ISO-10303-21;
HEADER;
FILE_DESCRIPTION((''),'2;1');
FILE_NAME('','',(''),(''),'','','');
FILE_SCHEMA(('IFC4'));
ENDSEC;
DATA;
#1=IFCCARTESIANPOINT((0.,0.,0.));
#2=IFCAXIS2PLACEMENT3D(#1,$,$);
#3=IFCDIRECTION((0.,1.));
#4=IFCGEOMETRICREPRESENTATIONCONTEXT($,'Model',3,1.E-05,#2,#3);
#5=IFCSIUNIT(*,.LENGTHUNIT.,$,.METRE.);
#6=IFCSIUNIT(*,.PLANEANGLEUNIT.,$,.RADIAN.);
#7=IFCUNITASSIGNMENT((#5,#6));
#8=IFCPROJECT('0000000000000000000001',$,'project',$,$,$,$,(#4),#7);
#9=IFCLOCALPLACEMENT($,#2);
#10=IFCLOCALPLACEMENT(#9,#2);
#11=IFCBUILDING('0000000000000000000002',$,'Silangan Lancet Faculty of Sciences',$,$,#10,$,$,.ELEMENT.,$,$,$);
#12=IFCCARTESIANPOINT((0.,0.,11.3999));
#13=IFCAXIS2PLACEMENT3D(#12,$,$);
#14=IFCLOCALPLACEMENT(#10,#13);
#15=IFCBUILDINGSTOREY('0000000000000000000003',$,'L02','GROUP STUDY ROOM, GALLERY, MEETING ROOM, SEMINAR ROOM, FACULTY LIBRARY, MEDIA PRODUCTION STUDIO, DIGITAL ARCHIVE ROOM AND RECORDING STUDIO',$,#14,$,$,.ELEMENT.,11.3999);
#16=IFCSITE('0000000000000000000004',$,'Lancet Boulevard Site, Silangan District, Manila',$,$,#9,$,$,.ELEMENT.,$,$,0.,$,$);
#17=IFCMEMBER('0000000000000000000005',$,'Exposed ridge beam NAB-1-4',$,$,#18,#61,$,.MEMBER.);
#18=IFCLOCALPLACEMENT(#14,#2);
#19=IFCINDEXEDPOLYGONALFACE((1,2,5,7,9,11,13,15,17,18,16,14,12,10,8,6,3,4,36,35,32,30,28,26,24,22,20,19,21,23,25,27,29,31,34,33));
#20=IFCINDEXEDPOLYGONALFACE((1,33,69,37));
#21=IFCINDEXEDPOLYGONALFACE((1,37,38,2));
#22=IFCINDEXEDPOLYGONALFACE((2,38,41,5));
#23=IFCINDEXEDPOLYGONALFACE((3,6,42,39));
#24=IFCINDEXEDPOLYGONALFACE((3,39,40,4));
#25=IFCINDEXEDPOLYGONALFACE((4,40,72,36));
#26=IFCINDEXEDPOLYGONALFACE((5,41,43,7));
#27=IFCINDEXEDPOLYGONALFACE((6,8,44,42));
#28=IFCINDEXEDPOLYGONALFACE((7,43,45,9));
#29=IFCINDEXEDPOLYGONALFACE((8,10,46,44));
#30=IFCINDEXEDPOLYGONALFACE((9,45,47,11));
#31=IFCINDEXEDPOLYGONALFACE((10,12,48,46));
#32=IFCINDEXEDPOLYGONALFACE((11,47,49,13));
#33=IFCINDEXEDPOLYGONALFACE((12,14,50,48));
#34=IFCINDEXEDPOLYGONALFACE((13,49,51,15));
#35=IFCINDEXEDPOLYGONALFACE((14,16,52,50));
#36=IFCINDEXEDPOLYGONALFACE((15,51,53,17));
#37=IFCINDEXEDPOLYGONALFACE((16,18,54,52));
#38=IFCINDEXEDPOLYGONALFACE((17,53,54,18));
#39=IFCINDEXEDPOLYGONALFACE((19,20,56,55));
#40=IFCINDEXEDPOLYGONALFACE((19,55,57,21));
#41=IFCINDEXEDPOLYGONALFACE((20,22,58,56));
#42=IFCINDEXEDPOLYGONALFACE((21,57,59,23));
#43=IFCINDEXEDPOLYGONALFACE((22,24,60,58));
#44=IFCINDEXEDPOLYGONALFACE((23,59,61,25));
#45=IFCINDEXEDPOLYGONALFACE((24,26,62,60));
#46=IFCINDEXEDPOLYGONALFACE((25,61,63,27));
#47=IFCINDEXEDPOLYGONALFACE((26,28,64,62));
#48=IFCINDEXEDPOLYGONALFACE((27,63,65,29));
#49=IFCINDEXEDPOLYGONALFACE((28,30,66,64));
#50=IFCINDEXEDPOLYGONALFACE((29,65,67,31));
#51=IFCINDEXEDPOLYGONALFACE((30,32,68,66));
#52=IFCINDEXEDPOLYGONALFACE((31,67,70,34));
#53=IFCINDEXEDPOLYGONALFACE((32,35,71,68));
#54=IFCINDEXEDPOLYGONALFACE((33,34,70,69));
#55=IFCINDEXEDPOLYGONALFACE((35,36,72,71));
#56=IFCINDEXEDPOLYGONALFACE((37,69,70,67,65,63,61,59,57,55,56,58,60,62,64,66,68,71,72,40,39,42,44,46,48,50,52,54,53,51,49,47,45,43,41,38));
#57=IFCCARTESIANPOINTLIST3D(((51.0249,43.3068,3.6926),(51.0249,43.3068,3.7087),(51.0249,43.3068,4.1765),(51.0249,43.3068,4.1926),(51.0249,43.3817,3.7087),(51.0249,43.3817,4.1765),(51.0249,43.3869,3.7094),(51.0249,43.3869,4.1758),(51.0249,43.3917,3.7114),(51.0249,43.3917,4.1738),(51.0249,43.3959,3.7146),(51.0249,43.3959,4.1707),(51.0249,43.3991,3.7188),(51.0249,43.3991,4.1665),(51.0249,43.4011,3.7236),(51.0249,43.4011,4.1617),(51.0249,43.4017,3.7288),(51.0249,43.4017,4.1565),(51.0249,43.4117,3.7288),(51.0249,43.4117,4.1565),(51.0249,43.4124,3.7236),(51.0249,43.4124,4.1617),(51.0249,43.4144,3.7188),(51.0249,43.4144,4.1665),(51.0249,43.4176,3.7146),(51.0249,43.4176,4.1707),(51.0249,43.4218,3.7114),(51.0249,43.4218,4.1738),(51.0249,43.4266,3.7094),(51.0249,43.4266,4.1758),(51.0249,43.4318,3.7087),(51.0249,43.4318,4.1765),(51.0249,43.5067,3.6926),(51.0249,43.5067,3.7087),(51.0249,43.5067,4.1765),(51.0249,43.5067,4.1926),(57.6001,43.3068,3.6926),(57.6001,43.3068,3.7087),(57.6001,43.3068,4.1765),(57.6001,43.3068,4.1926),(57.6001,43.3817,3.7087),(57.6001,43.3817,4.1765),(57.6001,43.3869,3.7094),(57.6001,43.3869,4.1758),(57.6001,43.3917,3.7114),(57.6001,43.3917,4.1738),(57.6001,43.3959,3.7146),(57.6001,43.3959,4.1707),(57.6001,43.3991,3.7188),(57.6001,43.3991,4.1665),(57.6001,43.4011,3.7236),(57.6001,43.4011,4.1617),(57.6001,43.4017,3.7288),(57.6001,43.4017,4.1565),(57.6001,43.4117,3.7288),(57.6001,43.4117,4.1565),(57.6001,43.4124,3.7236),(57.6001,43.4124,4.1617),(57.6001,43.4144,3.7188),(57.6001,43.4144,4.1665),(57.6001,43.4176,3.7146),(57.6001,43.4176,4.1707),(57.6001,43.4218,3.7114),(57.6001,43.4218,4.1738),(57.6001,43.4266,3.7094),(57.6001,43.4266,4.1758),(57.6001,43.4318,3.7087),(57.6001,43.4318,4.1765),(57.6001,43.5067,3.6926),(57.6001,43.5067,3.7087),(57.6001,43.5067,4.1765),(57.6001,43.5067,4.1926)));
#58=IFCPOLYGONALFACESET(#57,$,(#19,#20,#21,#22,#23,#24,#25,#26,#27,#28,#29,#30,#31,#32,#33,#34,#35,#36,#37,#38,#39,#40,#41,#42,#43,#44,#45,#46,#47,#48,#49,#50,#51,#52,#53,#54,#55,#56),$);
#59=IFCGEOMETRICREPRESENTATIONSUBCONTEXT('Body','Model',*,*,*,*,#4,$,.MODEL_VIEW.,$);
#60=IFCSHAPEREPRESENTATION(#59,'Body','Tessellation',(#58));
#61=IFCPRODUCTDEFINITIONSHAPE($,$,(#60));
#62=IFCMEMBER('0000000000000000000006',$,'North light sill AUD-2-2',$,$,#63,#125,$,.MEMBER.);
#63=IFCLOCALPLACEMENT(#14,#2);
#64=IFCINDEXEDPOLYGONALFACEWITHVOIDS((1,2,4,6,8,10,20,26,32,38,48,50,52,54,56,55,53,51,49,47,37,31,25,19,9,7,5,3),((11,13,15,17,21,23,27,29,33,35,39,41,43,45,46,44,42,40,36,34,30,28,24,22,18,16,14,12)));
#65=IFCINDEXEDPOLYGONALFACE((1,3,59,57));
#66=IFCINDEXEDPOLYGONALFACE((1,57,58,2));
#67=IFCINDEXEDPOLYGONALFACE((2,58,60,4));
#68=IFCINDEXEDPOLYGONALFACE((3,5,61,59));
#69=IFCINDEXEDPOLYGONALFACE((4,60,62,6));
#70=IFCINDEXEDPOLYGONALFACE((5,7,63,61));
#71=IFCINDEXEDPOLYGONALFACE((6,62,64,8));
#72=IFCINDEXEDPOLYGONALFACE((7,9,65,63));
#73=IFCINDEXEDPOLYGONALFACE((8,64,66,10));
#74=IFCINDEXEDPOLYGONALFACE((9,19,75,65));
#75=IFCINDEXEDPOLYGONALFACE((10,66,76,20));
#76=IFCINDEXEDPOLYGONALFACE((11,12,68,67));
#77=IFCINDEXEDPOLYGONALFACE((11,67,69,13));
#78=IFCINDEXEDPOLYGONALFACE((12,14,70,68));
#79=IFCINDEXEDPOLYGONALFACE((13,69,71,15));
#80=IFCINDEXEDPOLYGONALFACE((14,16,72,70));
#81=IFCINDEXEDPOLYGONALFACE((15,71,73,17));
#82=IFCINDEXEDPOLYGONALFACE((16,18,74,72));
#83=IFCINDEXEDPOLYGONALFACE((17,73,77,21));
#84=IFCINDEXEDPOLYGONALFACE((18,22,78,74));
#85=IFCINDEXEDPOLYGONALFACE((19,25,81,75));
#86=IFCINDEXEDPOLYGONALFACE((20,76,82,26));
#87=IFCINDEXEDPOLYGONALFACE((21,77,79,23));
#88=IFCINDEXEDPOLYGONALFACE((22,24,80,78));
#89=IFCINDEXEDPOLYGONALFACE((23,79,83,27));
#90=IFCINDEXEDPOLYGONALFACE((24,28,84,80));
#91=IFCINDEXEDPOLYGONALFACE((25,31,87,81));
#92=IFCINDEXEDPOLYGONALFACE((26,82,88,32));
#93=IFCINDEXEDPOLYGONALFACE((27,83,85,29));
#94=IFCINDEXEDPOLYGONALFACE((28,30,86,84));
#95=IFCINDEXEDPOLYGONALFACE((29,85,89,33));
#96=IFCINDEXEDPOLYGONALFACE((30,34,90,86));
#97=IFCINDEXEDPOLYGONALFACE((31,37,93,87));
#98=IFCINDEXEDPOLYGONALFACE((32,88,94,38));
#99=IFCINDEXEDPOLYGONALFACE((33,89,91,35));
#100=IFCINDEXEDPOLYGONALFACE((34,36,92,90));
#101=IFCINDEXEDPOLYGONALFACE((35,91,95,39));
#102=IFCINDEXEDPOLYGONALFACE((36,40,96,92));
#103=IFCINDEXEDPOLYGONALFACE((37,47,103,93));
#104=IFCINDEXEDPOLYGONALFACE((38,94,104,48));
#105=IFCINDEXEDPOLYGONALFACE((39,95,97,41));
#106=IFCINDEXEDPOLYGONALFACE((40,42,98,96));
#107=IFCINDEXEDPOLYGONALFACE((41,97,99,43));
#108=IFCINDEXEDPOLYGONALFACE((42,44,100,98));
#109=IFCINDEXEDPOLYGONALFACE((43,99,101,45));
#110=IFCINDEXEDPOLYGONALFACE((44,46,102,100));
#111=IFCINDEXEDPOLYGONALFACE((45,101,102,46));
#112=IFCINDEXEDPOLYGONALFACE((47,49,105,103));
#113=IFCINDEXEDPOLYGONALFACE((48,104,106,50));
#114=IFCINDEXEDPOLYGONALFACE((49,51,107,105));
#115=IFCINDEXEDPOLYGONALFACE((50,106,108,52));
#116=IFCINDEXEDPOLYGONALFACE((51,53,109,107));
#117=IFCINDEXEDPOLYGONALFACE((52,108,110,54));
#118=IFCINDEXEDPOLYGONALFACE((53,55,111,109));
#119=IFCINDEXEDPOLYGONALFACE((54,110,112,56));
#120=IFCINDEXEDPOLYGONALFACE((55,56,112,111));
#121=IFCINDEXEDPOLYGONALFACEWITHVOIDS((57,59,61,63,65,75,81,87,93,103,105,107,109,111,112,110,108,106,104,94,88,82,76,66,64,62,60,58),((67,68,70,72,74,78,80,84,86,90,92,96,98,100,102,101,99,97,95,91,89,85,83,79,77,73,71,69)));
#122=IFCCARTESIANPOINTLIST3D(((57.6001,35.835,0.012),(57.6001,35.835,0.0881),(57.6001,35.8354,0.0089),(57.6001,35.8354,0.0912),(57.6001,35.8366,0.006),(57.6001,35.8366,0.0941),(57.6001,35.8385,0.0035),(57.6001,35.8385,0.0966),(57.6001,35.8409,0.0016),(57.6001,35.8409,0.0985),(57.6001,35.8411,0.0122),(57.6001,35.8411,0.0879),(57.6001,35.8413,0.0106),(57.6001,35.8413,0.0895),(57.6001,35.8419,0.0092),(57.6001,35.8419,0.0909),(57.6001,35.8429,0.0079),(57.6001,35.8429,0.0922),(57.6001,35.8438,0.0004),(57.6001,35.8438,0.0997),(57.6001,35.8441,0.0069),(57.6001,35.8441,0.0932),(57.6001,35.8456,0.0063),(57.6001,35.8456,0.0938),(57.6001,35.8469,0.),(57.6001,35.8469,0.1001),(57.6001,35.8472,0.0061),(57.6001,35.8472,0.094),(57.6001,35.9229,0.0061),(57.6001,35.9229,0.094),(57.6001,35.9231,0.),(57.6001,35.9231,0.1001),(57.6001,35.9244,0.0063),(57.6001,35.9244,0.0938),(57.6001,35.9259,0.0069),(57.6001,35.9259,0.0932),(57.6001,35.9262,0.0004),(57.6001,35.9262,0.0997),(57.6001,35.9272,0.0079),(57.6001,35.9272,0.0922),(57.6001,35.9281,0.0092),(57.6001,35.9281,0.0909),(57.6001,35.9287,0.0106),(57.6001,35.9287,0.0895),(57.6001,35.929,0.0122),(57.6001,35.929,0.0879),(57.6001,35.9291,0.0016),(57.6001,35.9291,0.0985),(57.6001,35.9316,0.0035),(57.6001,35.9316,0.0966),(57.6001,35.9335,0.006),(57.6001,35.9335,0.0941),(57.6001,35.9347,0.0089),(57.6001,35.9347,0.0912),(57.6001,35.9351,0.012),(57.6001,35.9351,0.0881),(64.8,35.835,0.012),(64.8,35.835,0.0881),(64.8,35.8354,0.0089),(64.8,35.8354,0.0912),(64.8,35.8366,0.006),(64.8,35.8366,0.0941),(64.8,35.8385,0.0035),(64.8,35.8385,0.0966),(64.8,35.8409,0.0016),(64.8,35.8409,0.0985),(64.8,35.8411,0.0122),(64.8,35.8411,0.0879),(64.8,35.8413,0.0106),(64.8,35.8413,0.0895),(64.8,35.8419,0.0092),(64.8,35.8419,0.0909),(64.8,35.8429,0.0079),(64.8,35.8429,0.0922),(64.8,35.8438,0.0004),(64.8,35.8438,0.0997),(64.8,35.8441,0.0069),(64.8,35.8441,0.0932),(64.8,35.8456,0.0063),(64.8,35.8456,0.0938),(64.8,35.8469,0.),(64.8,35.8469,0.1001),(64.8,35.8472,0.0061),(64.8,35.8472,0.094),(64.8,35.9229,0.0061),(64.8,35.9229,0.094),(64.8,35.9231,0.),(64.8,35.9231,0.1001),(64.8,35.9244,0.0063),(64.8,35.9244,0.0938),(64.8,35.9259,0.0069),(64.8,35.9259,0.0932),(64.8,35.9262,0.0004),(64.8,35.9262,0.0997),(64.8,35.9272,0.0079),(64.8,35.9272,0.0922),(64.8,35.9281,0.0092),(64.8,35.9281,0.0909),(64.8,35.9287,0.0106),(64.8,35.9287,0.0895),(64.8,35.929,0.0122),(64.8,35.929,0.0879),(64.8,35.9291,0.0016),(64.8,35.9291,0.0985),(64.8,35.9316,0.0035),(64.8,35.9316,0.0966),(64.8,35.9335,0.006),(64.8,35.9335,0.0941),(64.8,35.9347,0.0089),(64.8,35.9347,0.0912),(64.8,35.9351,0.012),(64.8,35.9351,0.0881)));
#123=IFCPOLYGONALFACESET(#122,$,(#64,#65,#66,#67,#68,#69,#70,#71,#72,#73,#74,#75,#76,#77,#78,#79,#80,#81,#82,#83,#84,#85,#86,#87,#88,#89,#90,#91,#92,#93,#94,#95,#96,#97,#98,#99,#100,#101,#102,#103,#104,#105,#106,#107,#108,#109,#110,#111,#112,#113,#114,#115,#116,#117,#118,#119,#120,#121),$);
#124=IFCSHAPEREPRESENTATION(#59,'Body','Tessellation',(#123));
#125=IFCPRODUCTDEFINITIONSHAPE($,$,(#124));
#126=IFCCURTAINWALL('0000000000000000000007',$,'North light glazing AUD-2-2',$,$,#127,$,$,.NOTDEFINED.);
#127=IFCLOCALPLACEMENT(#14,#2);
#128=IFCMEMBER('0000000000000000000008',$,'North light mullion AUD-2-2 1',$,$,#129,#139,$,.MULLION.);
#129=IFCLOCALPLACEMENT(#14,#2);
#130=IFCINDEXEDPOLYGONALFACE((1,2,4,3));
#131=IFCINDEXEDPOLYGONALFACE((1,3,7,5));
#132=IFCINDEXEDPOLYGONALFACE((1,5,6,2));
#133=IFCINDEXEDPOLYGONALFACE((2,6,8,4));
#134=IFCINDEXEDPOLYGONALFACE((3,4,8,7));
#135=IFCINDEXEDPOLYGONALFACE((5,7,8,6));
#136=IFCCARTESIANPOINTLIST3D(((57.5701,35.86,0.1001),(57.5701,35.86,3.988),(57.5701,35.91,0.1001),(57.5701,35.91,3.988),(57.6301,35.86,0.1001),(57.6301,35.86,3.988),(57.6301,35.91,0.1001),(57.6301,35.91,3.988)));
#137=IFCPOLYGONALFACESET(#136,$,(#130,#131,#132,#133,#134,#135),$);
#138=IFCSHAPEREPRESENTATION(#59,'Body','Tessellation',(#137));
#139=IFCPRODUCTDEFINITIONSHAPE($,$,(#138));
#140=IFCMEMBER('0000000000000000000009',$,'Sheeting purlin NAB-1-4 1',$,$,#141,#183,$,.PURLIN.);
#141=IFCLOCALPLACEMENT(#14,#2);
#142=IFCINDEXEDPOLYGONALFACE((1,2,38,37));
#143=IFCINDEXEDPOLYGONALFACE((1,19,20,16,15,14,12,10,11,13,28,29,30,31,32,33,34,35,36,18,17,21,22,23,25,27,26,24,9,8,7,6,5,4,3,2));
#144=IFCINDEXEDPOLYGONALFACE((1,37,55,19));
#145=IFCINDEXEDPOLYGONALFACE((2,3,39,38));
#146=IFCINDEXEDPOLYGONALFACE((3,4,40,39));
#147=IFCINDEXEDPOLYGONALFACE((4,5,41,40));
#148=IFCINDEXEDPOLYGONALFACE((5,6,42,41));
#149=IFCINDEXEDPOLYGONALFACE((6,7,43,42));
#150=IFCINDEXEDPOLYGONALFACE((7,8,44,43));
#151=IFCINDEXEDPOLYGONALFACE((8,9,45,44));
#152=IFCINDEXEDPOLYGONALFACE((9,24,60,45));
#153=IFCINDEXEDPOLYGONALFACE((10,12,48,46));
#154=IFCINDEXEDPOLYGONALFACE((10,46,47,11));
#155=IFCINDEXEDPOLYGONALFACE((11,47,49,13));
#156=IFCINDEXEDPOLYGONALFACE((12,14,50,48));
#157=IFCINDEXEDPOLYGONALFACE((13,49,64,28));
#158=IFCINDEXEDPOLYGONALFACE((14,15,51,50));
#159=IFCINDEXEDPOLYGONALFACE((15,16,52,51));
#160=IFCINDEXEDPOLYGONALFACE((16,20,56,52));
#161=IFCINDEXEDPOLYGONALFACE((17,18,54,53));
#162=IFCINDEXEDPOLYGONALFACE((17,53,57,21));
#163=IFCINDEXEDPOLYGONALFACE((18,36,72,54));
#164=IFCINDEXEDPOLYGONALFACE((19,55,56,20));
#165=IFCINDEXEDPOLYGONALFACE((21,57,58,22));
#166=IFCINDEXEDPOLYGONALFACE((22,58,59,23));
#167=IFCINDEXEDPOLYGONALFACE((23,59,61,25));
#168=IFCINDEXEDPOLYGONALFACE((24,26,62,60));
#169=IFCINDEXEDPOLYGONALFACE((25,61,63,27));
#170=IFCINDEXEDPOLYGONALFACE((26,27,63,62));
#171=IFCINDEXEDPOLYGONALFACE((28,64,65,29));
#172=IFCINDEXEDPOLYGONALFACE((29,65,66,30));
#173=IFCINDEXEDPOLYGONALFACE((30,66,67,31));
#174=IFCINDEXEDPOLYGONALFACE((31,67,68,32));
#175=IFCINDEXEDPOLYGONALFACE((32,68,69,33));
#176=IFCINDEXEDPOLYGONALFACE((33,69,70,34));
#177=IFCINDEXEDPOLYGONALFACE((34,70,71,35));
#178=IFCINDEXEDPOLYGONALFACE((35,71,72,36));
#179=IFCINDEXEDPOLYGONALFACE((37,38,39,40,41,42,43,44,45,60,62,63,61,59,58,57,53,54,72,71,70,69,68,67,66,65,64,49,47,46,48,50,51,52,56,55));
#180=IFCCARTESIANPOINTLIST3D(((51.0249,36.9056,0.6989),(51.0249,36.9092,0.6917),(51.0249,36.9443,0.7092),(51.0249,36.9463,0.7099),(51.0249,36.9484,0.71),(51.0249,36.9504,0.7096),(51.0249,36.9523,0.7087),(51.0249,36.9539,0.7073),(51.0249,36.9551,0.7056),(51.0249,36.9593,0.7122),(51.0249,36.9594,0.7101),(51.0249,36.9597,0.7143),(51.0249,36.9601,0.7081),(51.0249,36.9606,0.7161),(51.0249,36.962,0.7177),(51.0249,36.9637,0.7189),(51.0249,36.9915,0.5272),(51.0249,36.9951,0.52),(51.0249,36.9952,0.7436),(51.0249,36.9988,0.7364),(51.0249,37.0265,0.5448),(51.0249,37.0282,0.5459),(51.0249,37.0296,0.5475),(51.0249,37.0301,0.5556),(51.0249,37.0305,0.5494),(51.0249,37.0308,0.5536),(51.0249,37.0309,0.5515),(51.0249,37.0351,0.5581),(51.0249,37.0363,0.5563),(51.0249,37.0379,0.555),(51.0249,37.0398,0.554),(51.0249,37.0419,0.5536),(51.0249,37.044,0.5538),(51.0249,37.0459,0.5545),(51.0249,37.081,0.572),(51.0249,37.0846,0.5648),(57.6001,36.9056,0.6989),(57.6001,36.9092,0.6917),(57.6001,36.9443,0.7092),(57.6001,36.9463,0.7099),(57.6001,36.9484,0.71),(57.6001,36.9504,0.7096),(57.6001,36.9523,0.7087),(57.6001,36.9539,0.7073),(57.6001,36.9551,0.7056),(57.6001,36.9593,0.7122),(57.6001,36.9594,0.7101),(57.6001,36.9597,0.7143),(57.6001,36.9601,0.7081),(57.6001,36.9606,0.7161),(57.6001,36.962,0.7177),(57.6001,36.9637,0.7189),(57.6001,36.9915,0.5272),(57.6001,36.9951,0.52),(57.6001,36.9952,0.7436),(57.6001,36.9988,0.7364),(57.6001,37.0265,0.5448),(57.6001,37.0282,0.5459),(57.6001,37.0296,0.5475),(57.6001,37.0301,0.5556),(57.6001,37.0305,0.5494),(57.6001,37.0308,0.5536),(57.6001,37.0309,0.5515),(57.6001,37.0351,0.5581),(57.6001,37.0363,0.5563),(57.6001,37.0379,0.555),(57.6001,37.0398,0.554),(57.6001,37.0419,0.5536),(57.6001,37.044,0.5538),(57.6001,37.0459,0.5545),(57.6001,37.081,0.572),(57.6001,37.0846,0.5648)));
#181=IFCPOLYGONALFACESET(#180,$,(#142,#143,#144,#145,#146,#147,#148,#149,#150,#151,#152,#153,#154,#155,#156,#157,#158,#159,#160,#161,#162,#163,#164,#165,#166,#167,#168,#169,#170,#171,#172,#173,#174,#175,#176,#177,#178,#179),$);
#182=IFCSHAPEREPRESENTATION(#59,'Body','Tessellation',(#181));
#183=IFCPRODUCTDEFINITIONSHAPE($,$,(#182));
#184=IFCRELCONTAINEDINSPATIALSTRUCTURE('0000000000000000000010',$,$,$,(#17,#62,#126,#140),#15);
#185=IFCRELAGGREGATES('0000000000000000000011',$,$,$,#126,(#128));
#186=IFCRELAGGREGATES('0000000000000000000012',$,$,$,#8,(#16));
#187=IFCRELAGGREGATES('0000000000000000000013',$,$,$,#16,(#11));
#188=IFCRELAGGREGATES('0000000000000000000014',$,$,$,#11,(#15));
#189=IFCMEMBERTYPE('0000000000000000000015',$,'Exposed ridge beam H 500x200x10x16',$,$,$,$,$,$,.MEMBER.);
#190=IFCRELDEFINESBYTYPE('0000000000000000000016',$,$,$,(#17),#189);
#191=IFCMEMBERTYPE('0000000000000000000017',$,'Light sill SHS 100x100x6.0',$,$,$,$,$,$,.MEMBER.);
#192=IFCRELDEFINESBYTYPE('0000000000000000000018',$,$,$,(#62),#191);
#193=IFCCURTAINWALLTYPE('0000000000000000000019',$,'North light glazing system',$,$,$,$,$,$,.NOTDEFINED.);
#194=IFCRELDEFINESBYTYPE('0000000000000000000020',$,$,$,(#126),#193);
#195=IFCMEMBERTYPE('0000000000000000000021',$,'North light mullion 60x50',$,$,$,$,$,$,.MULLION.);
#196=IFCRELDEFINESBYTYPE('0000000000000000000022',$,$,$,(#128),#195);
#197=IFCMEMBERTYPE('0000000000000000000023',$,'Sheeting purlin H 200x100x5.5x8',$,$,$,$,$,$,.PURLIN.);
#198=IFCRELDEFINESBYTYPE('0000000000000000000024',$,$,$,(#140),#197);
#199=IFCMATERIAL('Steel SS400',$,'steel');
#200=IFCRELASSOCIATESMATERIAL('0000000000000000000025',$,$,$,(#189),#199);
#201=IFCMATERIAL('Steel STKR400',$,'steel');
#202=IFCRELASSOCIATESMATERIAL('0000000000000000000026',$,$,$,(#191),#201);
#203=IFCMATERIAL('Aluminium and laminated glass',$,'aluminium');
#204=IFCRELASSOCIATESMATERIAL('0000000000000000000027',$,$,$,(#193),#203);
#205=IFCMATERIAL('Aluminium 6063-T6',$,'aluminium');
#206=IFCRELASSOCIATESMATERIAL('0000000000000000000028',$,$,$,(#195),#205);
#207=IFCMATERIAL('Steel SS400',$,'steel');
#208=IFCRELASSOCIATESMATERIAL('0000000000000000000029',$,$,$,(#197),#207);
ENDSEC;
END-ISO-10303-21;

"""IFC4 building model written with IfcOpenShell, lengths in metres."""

from ifc_helpers import new_model, si_unit, direction, frame, origin, origin_2d, place, context, subcontext, project, spatial, rectangle, hollow_rectangle, i_section, extrude, material, material_profile, profile_set, type_object, element, aggregate, save


model = new_model("IFC4")

# Units and contexts
model_context = context("Model", 3, precision=1e-05, world=origin(), true_north=direction((0.0, 1.0)))
body_context = subcontext(model_context, "Body", "Model", "MODEL_VIEW")
ifc_project = project(units=[si_unit("LENGTHUNIT", "METRE"), si_unit("PLANEANGLEUNIT", "RADIAN")], contexts=[model_context])

# Site, building, storey
site_placement = place(None, origin())
site = spatial("IfcSite", under=ifc_project, at=site_placement, Name="Lancet Boulevard Site, Silangan District, Manila", CompositionType="ELEMENT", RefElevation=0.0)
building_placement = place(site_placement, origin())
building = spatial("IfcBuilding", under=site, at=building_placement, Name="Silangan Lancet Faculty of Sciences", CompositionType="ELEMENT")
storey_placement = place(building_placement, frame((0.0, 0.0, 11.3999)))
storey = spatial("IfcBuildingStorey", under=building, at=storey_placement, Name="L02", Description="GROUP STUDY ROOM, GALLERY, MEETING ROOM, SEMINAR ROOM, FACULTY LIBRARY, MEDIA PRODUCTION STUDIO, DIGITAL ARCHIVE ROOM AND RECORDING STUDIO", CompositionType="ELEMENT", Elevation=11.3999)

# Members
ifc_material_1 = material(Name="Steel SS400", Category="steel")
ifc_material_profile_1 = material_profile(ifc_material_1, i_section(OverallWidth=0.2, OverallDepth=0.5, WebThickness=0.01, FlangeThickness=0.0161, FilletRadius=0.02, at=origin_2d()), Name="H 500x200x10x16")
ifc_profile_set_1 = profile_set([ifc_material_profile_1], Name="Steel SS400")
member_type_1 = type_object("IfcMemberType", Name="Exposed ridge beam H 500x200x10x16", PredefinedType="MEMBER", material=ifc_profile_set_1)
member_1_placement = place(storey_placement, frame((51.0249, 43.4067, 3.9426), z_axis=(1.0, 0.0, 0.0), x_axis=(0.0, 1.0, 0.0)))
element("IfcMember", 1, at=member_1_placement, inside=storey, type_object=member_type_1, Name="Exposed ridge beam NAB-1-4", PredefinedType="MEMBER", context=body_context, shape_type="SweptSolid", body=[
    extrude(i_section(OverallWidth=0.2, OverallDepth=0.5, WebThickness=0.01, FlangeThickness=0.0161, FilletRadius=0.02, at=origin_2d()), origin(), (0.0, 0.0, 1.0), 6.5752),
])
ifc_material_2 = material(Name="Steel STKR400", Category="steel")
ifc_material_profile_2 = material_profile(ifc_material_2, hollow_rectangle(XDim=0.1001, YDim=0.1001, WallThickness=0.0061, InnerFilletRadius=0.0061, OuterFilletRadius=0.012, at=origin_2d()), Name="SHS 100x100x6.0")
ifc_profile_set_2 = profile_set([ifc_material_profile_2], Name="Steel STKR400")
member_type_2 = type_object("IfcMemberType", Name="Light sill SHS 100x100x6.0", PredefinedType="MEMBER", material=ifc_profile_set_2)
member_2_placement = place(storey_placement, frame((57.6001, 35.885, 0.05), z_axis=(1.0, 0.0, 0.0), x_axis=(0.0, 1.0, 0.0)))
element("IfcMember", 2, at=member_2_placement, inside=storey, type_object=member_type_2, Name="North light sill AUD-2-2", PredefinedType="MEMBER", context=body_context, shape_type="SweptSolid", body=[
    extrude(hollow_rectangle(XDim=0.1001, YDim=0.1001, WallThickness=0.0061, InnerFilletRadius=0.0061, OuterFilletRadius=0.012, at=origin_2d()), origin(), (0.0, 0.0, 1.0), 7.2),
])

# Curtain wall, member
ifc_material_3 = material(Name="Aluminium and laminated glass", Category="aluminium")
curtain_wall_type = type_object("IfcCurtainWallType", Name="North light glazing system", PredefinedType="NOTDEFINED", material=ifc_material_3)
curtain_wall_1_placement = place(storey_placement, origin())
curtain_wall_1 = element("IfcCurtainWall", 3, at=curtain_wall_1_placement, inside=storey, type_object=curtain_wall_type, Name="North light glazing AUD-2-2", PredefinedType="NOTDEFINED")
ifc_material_4 = material(Name="Aluminium 6063-T6", Category="aluminium")
ifc_material_profile_3 = material_profile(ifc_material_4, rectangle(XDim=0.0601, YDim=0.05, at=origin_2d()), Name="AL 60x50")
ifc_profile_set_3 = profile_set([ifc_material_profile_3], Name="Aluminium 6063-T6")
member_type_3 = type_object("IfcMemberType", Name="North light mullion 60x50", PredefinedType="MULLION", material=ifc_profile_set_3)
member_3_placement = place(storey_placement, frame((57.6001, 35.885, 0.1001), z_axis=(0.0, 0.0, 1.0), x_axis=(1.0, 0.0, 0.0)))
member_3 = element("IfcMember", 4, at=member_3_placement, type_object=member_type_3, Name="North light mullion AUD-2-2 1", PredefinedType="MULLION", context=body_context, shape_type="SweptSolid", body=[
    extrude(rectangle(XDim=0.0601, YDim=0.05, at=origin_2d()), origin(), (0.0, 0.0, 1.0), 3.8879),
])
aggregate(curtain_wall_1, [member_3])

# Member
ifc_material_5 = material(Name="Steel SS400", Category="steel")
ifc_material_profile_4 = material_profile(ifc_material_5, i_section(OverallWidth=0.1001, OverallDepth=0.2, WebThickness=0.0056, FlangeThickness=0.0081, FilletRadius=0.0081, at=origin_2d()), Name="H 200x100x5.5x8")
ifc_profile_set_4 = profile_set([ifc_material_profile_4], Name="Steel SS400")
member_type_4 = type_object("IfcMemberType", Name="Sheeting purlin H 200x100x5.5x8", PredefinedType="PURLIN", material=ifc_profile_set_4)
for number, where, z_axis, x_axis, name in (
    (5, (51.0249, 36.9951, 0.6318), (1.0, 0.0, 0.0), (0.0, 0.894427, 0.447214), "Sheeting purlin NAB-1-4 1"),
):
    element("IfcMember", number, at=place(storey_placement, frame(where, z_axis=z_axis, x_axis=x_axis)), inside=storey, type_object=member_type_4, Name=name, PredefinedType="PURLIN", context=body_context, shape_type="SweptSolid", body=[
        extrude(i_section(OverallWidth=0.1001, OverallDepth=0.2, WebThickness=0.0056, FlangeThickness=0.0081, FilletRadius=0.0081, at=origin_2d()), origin(), (0.0, 0.0, 1.0), 6.5752),
    ])

save(model, "model.ifc")
